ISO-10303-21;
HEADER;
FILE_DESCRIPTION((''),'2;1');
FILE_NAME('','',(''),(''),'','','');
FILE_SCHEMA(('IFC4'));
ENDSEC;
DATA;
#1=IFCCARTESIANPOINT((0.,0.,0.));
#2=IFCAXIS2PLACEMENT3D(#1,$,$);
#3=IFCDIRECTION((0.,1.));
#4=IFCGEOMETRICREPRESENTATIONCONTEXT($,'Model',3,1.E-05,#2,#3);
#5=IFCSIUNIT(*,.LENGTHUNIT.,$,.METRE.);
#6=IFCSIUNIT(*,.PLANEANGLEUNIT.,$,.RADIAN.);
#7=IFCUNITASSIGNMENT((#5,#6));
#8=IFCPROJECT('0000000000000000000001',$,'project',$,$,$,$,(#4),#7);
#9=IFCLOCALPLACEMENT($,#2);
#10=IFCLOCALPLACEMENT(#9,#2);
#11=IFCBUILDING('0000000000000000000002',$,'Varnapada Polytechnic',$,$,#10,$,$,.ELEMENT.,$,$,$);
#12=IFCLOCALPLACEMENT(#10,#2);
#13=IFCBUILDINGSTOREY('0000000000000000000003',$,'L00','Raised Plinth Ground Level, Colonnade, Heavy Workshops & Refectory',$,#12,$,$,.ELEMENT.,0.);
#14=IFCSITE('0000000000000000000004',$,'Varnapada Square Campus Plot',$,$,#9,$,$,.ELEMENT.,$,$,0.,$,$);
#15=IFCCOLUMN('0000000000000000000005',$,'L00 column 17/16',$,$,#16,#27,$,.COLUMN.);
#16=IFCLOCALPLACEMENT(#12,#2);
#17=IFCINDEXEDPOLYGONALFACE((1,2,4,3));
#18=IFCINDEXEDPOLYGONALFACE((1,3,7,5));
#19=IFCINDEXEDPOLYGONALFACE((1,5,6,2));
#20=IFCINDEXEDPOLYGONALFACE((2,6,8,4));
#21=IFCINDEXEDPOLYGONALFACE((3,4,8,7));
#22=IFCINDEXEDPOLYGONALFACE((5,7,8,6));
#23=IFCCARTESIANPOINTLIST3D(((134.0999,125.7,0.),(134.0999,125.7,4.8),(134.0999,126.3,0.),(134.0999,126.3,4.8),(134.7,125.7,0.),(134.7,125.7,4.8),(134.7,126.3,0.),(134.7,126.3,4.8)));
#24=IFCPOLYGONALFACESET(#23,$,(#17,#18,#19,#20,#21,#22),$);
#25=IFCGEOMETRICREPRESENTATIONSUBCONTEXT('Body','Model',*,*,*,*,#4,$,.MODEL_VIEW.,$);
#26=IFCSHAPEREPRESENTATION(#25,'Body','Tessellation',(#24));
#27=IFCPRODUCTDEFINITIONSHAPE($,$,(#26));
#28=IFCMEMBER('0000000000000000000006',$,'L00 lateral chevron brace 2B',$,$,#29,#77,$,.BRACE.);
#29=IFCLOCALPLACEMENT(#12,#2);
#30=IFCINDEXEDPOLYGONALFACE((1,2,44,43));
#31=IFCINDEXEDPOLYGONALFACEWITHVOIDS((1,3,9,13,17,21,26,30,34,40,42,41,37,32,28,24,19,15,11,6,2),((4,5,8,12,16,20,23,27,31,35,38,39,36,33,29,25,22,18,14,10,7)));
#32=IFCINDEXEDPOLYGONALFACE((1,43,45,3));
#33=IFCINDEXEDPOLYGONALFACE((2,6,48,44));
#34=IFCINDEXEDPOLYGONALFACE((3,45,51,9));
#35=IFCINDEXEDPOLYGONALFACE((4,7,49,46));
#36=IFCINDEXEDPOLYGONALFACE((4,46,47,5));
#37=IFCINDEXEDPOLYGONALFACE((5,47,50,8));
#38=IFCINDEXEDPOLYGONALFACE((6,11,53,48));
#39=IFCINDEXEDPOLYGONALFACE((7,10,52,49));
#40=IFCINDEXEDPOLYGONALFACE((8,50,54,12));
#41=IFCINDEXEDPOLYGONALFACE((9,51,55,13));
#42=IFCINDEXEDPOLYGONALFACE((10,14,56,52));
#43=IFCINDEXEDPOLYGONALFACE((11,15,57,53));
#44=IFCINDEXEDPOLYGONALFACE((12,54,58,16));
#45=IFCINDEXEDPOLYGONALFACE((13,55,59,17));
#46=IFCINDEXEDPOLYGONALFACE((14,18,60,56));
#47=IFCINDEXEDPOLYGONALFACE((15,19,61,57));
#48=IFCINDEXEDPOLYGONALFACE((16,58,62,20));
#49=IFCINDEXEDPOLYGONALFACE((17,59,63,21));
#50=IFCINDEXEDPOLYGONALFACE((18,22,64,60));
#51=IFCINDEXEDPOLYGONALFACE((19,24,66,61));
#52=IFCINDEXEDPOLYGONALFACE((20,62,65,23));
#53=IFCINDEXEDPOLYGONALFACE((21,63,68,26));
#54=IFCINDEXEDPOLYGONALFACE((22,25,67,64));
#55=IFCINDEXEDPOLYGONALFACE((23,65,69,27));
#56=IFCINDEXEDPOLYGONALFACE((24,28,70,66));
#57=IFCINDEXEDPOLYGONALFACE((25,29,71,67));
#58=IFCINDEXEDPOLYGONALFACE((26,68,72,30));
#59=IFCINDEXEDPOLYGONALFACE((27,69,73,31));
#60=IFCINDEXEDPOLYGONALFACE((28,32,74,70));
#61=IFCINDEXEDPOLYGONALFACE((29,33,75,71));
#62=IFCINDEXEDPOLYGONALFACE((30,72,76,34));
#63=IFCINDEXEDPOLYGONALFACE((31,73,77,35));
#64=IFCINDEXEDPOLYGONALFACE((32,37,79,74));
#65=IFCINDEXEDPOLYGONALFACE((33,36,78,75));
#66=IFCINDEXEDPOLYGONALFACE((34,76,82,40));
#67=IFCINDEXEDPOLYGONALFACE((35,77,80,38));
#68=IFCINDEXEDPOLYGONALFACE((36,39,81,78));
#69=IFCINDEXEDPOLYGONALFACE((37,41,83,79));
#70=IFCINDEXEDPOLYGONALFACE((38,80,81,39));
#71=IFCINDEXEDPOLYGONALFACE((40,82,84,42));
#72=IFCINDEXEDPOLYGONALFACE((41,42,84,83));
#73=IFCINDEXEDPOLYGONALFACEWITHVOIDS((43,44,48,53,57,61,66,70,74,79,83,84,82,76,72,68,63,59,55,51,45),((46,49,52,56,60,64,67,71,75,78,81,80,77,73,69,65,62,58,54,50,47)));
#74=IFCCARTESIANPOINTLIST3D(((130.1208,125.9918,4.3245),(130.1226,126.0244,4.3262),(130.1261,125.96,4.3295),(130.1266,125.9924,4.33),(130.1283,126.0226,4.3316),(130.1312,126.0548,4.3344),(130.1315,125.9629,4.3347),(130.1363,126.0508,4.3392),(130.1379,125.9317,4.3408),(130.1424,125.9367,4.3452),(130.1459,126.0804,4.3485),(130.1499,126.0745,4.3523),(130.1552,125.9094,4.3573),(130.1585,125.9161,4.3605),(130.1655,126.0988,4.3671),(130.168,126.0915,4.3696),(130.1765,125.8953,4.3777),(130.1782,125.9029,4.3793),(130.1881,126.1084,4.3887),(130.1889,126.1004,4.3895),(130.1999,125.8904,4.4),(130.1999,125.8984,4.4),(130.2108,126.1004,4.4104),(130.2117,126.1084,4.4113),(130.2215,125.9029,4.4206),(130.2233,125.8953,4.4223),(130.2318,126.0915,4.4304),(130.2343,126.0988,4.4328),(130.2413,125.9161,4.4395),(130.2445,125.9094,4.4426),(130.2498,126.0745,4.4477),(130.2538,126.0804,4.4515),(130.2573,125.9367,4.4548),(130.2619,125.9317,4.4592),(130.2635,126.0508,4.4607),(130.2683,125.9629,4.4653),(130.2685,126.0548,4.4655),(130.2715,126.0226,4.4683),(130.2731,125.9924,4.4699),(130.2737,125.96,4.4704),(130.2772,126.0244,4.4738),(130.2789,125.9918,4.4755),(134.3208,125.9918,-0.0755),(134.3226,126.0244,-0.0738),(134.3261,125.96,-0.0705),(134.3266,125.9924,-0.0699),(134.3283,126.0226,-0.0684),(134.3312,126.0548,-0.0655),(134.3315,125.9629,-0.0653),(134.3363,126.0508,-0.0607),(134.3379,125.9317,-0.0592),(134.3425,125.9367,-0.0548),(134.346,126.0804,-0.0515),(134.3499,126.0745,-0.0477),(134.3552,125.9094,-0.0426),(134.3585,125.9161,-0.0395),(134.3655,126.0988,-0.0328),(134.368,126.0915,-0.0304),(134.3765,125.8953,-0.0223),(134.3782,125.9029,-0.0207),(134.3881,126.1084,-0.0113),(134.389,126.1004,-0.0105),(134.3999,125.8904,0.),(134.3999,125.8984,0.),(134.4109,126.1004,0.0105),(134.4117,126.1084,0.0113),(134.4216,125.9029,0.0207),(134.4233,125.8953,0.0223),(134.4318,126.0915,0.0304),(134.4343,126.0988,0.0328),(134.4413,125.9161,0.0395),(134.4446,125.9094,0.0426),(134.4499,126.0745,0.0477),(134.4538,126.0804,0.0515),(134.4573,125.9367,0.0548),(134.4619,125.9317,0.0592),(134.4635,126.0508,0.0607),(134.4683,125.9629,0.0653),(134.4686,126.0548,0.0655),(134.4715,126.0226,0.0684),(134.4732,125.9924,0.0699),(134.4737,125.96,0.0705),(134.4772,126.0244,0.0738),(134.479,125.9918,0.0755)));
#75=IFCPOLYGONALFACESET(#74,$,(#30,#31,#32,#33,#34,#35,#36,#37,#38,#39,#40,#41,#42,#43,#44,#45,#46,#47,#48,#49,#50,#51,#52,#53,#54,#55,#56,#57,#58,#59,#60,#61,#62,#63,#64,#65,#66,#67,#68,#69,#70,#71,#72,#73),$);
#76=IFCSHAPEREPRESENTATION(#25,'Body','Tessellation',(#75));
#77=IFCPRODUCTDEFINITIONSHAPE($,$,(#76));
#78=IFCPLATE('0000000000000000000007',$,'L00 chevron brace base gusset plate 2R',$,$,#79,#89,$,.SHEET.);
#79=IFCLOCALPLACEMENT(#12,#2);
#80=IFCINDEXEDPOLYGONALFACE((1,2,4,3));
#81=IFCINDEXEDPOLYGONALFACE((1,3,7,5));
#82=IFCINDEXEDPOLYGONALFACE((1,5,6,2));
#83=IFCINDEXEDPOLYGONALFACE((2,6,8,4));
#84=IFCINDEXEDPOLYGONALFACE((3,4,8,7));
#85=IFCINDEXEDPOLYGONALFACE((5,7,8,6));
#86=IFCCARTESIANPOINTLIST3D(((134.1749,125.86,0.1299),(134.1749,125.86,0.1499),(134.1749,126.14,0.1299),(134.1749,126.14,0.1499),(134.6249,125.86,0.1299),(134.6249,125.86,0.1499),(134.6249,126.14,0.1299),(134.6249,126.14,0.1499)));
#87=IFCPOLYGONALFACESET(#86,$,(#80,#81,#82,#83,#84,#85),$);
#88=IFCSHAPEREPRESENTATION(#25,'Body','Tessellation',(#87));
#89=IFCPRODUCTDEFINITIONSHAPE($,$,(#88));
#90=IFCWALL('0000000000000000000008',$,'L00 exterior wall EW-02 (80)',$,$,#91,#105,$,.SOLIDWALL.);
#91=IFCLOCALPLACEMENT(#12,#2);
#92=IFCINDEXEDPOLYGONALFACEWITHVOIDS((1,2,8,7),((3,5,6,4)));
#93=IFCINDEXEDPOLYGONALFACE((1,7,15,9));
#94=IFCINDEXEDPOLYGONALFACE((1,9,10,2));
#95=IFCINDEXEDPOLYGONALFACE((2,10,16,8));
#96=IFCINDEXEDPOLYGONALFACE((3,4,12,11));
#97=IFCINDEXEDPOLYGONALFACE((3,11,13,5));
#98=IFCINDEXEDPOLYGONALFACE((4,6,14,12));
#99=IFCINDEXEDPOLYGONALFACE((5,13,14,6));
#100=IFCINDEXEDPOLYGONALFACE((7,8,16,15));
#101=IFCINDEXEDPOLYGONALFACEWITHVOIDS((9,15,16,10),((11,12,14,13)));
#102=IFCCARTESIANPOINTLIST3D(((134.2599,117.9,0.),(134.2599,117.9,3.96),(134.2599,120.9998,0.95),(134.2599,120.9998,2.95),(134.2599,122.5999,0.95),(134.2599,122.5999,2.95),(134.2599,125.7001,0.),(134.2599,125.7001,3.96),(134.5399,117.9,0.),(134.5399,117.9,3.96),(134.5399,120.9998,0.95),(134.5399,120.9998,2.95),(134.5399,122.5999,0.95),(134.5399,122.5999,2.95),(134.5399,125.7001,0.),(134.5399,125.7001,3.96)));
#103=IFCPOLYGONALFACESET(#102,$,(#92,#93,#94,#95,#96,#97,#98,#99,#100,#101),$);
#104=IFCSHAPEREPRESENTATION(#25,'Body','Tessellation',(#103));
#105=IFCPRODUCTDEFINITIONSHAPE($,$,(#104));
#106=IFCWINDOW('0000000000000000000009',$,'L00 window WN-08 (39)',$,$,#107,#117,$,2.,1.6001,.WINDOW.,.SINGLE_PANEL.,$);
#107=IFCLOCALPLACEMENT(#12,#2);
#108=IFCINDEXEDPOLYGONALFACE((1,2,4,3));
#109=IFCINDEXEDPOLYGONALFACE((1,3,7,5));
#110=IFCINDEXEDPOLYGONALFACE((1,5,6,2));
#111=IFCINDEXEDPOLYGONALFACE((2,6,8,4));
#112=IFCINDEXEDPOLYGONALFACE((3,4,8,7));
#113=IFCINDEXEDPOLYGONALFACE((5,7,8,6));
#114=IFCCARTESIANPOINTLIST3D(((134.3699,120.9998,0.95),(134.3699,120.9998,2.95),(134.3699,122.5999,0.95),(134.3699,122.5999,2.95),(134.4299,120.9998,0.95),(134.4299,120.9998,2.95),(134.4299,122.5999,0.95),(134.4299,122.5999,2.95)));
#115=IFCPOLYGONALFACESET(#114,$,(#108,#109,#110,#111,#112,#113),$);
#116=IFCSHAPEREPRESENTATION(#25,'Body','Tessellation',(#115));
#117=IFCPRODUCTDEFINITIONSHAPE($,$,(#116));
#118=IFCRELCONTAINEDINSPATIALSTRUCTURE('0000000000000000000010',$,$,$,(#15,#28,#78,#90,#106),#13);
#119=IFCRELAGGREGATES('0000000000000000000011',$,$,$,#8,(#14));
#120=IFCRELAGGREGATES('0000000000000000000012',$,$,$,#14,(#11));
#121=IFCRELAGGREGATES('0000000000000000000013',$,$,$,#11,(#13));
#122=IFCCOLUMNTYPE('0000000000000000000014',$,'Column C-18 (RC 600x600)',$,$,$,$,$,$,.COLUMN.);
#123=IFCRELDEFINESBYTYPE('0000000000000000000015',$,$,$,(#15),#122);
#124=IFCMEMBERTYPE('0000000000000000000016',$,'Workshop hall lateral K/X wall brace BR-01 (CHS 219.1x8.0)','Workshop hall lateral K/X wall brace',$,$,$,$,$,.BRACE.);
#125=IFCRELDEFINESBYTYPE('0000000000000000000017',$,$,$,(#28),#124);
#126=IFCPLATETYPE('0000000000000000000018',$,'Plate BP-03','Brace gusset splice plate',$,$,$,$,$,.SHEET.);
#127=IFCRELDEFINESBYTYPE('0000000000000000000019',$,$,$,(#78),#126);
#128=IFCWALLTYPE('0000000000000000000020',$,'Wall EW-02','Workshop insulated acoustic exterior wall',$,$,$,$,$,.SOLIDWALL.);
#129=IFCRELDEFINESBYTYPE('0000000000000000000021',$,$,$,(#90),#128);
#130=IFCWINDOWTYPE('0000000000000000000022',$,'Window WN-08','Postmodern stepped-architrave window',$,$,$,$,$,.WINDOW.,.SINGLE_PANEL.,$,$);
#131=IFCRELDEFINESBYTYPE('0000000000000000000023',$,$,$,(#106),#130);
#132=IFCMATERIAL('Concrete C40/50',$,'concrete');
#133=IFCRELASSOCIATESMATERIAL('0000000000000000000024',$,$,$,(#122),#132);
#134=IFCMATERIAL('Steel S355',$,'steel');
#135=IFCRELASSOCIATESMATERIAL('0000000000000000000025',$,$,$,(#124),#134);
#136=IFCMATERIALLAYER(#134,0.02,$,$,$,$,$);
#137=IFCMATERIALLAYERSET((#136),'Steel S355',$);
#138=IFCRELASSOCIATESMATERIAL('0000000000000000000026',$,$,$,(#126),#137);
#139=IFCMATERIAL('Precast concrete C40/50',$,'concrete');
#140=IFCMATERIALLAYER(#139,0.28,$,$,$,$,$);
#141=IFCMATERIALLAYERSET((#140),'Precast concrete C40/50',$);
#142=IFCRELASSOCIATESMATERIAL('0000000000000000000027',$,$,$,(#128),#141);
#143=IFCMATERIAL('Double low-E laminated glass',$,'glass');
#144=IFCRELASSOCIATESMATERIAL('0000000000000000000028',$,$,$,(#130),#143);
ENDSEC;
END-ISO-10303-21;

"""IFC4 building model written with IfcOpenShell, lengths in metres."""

from ifc_helpers import new_model, si_unit, direction, frame, frame_2d, origin, origin_2d, place, context, subcontext, project, spatial, rectangle, hollow_circle, extrude, material, layer, layer_set, material_profile, profile_set, type_object, element, fill, save


model = new_model("IFC4")

# Units and contexts
model_context = context("Model", 3, precision=1e-05, world=origin(), true_north=direction((0.0, 1.0)))
body_context = subcontext(model_context, "Body", "Model", "MODEL_VIEW")
ifc_project = project(units=[si_unit("LENGTHUNIT", "METRE"), si_unit("PLANEANGLEUNIT", "RADIAN")], contexts=[model_context])

# Site, building, storey
site_placement = place(None, origin())
site = spatial("IfcSite", under=ifc_project, at=site_placement, Name="Varnapada Square Campus Plot", CompositionType="ELEMENT", RefElevation=0.0)
building_placement = place(site_placement, origin())
building = spatial("IfcBuilding", under=site, at=building_placement, Name="Varnapada Polytechnic", CompositionType="ELEMENT")
storey_placement = place(building_placement, origin())
storey = spatial("IfcBuildingStorey", under=building, at=storey_placement, Name="L00", Description="Raised Plinth Ground Level, Colonnade, Heavy Workshops & Refectory", CompositionType="ELEMENT", Elevation=0.0)

# Column
ifc_material_1 = material(Name="Concrete C40/50", Category="concrete")
ifc_material_profile_1 = material_profile(ifc_material_1, rectangle(XDim=0.6001, YDim=0.6001, at=origin_2d()), Name="RC 600x600")
ifc_profile_set_1 = profile_set([ifc_material_profile_1], Name="Concrete C40/50")
column_type = type_object("IfcColumnType", Name="Column C-18 (RC 600x600)", PredefinedType="COLUMN", material=ifc_profile_set_1)
column_placement = place(storey_placement, frame((134.3999, 126.0, 0.0), z_axis=(0.0, 0.0, 1.0), x_axis=(1.0, 0.0, 0.0)))
element("IfcColumn", 1, at=column_placement, inside=storey, type_object=column_type, Name="L00 column 17/16", PredefinedType="COLUMN", context=body_context, shape_type="SweptSolid", body=[
    extrude(rectangle(XDim=0.6001, YDim=0.6001, at=origin_2d()), origin(), (0.0, 0.0, 1.0), 4.8),
])

# Member
ifc_material_2 = material(Name="Steel S355", Category="steel")
ifc_material_profile_2 = material_profile(ifc_material_2, hollow_circle(Radius=0.1096, WallThickness=0.0081, at=origin_2d()), Name="CHS 219.1x8.0")
ifc_profile_set_2 = profile_set([ifc_material_profile_2], Name="Steel S355")
member_type = type_object("IfcMemberType", Name="Workshop hall lateral K/X wall brace BR-01 (CHS 219.1x8.0)", Description="Workshop hall lateral K/X wall brace", PredefinedType="BRACE", material=ifc_profile_set_2)
member_placement = place(storey_placement, frame((134.3999, 126.0, 0.0), z_axis=(-0.69048, 0.0, 0.723352), x_axis=(0.0, -1.0, 0.0)))
element("IfcMember", 2, at=member_placement, inside=storey, type_object=member_type, Name="L00 lateral chevron brace 2B", PredefinedType="BRACE", context=body_context, shape_type="SweptSolid", body=[
    extrude(hollow_circle(Radius=0.1096, WallThickness=0.0081, at=origin_2d()), origin(), (0.0, 0.0, 1.0), 6.0828),
])

# Plate
ifc_layer_1 = layer(ifc_material_2, 0.02)
ifc_layer_set_1 = layer_set([ifc_layer_1], Name="Steel S355")
plate_type = type_object("IfcPlateType", Name="Plate BP-03", Description="Brace gusset splice plate", PredefinedType="SHEET", material=ifc_layer_set_1)
plate_placement = place(storey_placement, frame((134.3999, 126.0, 0.1299), z_axis=(0.0, 0.0, 1.0), x_axis=(1.0, 0.0, 0.0)))
element("IfcPlate", 3, at=plate_placement, inside=storey, type_object=plate_type, Name="L00 chevron brace base gusset plate 2R", PredefinedType="SHEET", context=body_context, shape_type="SweptSolid", body=[
    extrude(rectangle(XDim=0.45, YDim=0.28, at=origin_2d()), origin(), (0.0, 0.0, 1.0), 0.02),
])

# Wall, opening, window
ifc_material_3 = material(Name="Precast concrete C40/50", Category="concrete")
ifc_layer_2 = layer(ifc_material_3, 0.28)
ifc_layer_set_2 = layer_set([ifc_layer_2], Name="Precast concrete C40/50")
wall_type = type_object("IfcWallType", Name="Wall EW-02", Description="Workshop insulated acoustic exterior wall", PredefinedType="SOLIDWALL", material=ifc_layer_set_2)
wall_placement = place(storey_placement, frame((134.3999, 125.7, 0.0), z_axis=(0.0, 0.0, 1.0), x_axis=(0.0, -1.0, 0.0)))
wall = element("IfcWall", 4, at=wall_placement, inside=storey, type_object=wall_type, Name="L00 exterior wall EW-02 (80)", PredefinedType="SOLIDWALL", context=body_context, shape_type="SweptSolid", body=[
    extrude(rectangle(XDim=7.8, YDim=0.28, at=frame_2d((3.8999, 0.0))), origin(), (0.0, 0.0, 1.0), 3.96),
])
opening_1_placement = place(wall_placement, frame((3.1001, 0.0, 0.95)))
opening_1 = element("IfcOpeningElement", 5, at=opening_1_placement, cuts=wall, PredefinedType="OPENING", context=body_context, shape_type="SweptSolid", body=[
    extrude(rectangle(XDim=1.6001, YDim=2.0, at=frame_2d((0.8, 1.0))), frame((0.0, 0.1499, 0.0), z_axis=(0.0, -1.0, 0.0), x_axis=(1.0, 0.0, 0.0)), (0.0, 0.0, 1.0), 0.3),
])
ifc_material_4 = material(Name="Double low-E laminated glass", Category="glass")
window_type = type_object("IfcWindowType", Name="Window WN-08", Description="Postmodern stepped-architrave window", PartitioningType="SINGLE_PANEL", PredefinedType="WINDOW", material=ifc_material_4)
window_placement = place(opening_1_placement, origin())
window = element("IfcWindow", 6, at=window_placement, inside=storey, type_object=window_type, Name="L00 window WN-08 (39)", OverallHeight=2.0, OverallWidth=1.6001, PartitioningType="SINGLE_PANEL", PredefinedType="WINDOW", context=body_context, shape_type="SweptSolid", body=[
    extrude(rectangle(XDim=1.6001, YDim=2.0, at=frame_2d((0.8, 1.0))), frame((0.0, 0.03, 0.0), z_axis=(0.0, -1.0, 0.0), x_axis=(1.0, 0.0, 0.0)), (0.0, 0.0, 1.0), 0.0601),
])
fill(opening_1, window)

save(model, "model.ifc")
